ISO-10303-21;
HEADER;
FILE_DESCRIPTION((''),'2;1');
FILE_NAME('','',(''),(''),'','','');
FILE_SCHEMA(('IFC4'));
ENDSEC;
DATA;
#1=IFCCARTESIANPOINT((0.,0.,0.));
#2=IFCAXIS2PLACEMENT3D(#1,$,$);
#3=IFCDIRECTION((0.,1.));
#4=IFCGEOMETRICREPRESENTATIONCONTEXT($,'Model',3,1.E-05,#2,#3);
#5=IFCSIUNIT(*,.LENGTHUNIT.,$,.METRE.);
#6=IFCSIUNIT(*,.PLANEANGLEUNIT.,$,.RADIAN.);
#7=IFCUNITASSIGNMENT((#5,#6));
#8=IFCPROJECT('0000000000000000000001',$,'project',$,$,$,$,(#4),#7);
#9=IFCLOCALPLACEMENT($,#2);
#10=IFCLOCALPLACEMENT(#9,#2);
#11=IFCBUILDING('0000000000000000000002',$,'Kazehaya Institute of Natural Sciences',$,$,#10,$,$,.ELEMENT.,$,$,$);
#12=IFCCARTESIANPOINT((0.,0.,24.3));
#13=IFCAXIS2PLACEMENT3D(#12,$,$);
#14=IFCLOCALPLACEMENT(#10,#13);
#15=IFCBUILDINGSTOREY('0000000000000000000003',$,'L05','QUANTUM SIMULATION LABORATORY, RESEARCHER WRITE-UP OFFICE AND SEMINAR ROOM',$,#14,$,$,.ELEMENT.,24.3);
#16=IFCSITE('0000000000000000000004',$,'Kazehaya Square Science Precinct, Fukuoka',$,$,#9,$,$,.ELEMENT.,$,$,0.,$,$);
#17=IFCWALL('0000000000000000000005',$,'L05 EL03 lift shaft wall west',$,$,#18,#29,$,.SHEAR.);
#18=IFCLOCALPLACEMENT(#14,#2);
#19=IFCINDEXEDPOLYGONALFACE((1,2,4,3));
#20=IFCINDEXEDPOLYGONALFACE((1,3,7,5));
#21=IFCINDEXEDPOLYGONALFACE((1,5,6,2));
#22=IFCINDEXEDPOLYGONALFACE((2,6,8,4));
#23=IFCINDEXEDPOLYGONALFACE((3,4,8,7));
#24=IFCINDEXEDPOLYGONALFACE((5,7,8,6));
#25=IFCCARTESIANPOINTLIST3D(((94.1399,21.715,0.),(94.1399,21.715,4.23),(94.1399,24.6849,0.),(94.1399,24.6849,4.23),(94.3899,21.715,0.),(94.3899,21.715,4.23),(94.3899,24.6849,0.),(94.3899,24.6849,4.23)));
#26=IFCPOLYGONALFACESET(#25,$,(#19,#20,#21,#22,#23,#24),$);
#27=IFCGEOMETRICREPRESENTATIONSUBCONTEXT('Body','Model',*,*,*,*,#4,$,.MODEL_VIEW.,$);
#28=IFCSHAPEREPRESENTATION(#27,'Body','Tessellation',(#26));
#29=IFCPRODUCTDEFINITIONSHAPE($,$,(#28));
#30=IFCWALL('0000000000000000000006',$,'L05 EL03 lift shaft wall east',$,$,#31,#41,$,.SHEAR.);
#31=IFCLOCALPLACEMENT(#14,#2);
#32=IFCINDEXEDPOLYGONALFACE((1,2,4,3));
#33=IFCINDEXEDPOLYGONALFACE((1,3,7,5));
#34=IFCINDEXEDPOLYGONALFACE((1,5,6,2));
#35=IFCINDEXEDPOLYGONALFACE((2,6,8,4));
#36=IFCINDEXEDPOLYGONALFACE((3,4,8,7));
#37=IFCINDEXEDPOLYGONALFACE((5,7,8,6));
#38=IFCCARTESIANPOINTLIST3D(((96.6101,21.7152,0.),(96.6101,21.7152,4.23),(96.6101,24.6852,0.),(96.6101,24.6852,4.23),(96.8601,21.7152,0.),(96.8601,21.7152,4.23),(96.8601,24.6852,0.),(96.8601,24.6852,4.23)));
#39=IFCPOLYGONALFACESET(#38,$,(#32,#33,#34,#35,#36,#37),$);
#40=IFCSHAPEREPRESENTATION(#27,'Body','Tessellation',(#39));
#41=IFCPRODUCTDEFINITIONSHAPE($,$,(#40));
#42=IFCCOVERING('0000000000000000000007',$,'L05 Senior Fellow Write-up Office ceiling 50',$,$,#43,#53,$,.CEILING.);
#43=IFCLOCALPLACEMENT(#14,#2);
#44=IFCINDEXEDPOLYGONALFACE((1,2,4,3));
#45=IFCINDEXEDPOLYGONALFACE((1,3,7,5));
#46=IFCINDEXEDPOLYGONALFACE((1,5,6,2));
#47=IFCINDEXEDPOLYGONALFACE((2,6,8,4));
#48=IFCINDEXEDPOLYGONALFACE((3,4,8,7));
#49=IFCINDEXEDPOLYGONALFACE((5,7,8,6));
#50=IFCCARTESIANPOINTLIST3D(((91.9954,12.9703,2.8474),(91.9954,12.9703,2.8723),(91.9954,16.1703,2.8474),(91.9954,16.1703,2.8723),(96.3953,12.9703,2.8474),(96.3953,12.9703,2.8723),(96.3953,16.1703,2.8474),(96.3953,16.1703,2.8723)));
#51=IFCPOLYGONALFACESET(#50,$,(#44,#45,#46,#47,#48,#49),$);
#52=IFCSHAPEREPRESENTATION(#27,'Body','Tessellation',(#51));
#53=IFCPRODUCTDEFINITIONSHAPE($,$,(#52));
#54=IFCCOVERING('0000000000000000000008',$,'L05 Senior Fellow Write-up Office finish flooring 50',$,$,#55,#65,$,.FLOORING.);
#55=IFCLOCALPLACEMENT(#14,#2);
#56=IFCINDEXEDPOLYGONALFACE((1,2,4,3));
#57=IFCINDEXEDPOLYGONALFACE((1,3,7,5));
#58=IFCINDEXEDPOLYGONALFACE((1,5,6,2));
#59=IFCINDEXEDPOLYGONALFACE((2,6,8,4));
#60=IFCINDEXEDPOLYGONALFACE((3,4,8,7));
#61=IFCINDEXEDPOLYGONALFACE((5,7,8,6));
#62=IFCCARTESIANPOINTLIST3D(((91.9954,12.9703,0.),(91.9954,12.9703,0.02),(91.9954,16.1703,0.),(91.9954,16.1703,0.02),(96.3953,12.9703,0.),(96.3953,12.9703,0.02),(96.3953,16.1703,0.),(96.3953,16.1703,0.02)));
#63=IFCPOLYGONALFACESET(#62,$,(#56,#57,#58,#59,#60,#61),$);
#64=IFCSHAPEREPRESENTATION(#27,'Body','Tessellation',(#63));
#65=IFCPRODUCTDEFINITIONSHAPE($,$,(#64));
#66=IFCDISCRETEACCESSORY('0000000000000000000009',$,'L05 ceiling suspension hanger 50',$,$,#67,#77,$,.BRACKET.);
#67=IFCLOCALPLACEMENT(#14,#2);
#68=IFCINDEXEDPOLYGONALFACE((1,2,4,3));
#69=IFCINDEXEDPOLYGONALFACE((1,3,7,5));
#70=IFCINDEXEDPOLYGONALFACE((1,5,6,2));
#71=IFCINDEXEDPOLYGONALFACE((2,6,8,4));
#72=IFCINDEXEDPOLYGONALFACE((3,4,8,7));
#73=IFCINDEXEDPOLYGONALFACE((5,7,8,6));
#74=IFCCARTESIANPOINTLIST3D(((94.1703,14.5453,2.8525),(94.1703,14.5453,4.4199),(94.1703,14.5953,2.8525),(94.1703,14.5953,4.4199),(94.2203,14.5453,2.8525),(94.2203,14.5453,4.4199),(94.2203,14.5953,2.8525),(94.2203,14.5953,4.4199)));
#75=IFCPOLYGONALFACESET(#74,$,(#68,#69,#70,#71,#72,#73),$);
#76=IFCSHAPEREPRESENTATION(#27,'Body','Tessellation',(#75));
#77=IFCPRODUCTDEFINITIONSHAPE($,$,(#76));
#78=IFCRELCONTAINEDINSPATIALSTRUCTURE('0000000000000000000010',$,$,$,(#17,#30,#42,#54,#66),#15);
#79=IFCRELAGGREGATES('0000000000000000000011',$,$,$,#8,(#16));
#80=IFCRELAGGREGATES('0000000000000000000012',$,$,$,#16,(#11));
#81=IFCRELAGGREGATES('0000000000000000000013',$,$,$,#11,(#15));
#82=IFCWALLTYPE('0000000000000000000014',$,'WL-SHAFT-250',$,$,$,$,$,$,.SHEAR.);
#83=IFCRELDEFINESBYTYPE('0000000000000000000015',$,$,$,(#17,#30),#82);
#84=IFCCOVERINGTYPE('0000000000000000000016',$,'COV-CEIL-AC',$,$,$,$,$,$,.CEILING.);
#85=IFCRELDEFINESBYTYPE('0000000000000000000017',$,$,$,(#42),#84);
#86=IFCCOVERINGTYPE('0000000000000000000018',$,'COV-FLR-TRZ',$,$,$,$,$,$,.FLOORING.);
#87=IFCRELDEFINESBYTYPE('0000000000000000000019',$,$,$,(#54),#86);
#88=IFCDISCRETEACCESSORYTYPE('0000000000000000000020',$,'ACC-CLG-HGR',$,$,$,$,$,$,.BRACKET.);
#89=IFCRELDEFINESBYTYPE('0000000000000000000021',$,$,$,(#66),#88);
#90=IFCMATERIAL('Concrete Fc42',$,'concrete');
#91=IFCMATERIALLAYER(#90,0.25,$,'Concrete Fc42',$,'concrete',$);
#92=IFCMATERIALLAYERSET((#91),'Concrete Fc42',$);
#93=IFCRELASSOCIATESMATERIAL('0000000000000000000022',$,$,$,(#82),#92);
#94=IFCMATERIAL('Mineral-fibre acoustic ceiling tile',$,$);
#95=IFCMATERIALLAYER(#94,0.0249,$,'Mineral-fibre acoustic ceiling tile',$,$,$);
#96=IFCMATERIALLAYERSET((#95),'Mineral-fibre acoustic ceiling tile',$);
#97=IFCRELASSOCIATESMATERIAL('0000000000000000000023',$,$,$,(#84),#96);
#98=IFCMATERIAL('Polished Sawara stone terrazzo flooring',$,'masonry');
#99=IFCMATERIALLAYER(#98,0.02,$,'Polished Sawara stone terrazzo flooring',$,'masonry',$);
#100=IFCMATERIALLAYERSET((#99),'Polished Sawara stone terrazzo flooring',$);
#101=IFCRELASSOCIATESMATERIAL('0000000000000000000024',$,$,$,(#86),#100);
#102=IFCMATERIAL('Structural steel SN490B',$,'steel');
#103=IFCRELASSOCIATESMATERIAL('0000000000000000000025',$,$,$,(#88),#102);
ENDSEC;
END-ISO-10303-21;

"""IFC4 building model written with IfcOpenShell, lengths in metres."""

from ifc_helpers import new_model, si_unit, direction, frame, frame_2d, origin, origin_2d, place, context, subcontext, project, spatial, rectangle, extrude, material, layer, layer_set, type_object, element, save


model = new_model("IFC4")

# Units and contexts
model_context = context("Model", 3, precision=1e-05, world=origin(), true_north=direction((0.0, 1.0)))
body_context = subcontext(model_context, "Body", "Model", "MODEL_VIEW")
ifc_project = project(units=[si_unit("LENGTHUNIT", "METRE"), si_unit("PLANEANGLEUNIT", "RADIAN")], contexts=[model_context])

# Site, building, storey
site_placement = place(None, origin())
site = spatial("IfcSite", under=ifc_project, at=site_placement, Name="Kazehaya Square Science Precinct, Fukuoka", CompositionType="ELEMENT", RefElevation=0.0)
building_placement = place(site_placement, origin())
building = spatial("IfcBuilding", under=site, at=building_placement, Name="Kazehaya Institute of Natural Sciences", CompositionType="ELEMENT")
storey_placement = place(building_placement, frame((0.0, 0.0, 24.3)))
storey = spatial("IfcBuildingStorey", under=building, at=storey_placement, Name="L05", Description="QUANTUM SIMULATION LABORATORY, RESEARCHER WRITE-UP OFFICE AND SEMINAR ROOM", CompositionType="ELEMENT", Elevation=24.3)

# Shared definitions
ifc_material_1 = material(Name="Concrete Fc42", Category="concrete")

# Shared definitions
ifc_layer_1 = layer(ifc_material_1, 0.25, Name="Concrete Fc42", Category="concrete")
ifc_layer_set_1 = layer_set([ifc_layer_1], Name="Concrete Fc42")
wall_type_1 = type_object("IfcWallType", Name="WL-SHAFT-250", PredefinedType="SHEAR", material=ifc_layer_set_1)

# Walls
for number, where, z_axis, x_axis, name in (
    (1, (94.2649, 21.7151, 0.0), (0.0, 0.0, 1.0), (0.0, 1.0, 0.0), "L05 EL03 lift shaft wall west"),
    (2, (96.7351, 24.6851, 0.0), (0.0, 0.0, 1.0), (0.0, -1.0, 0.0), "L05 EL03 lift shaft wall east"),
):
    element("IfcWall", number, at=place(storey_placement, frame(where, z_axis=z_axis, x_axis=x_axis)), inside=storey, type_object=wall_type_1, Name=name, PredefinedType="SHEAR", context=body_context, shape_type="SweptSolid", body=[
        extrude(rectangle(XDim=2.97, YDim=0.25, at=frame_2d((1.4849, 0.0))), origin(), (0.0, 0.0, 1.0), 4.23),
    ])

# Coverings
ifc_material_2 = material(Name="Mineral-fibre acoustic ceiling tile")
ifc_layer_2 = layer(ifc_material_2, 0.0249, Name="Mineral-fibre acoustic ceiling tile")
ifc_layer_set_2 = layer_set([ifc_layer_2], Name="Mineral-fibre acoustic ceiling tile")
covering_type_1 = type_object("IfcCoveringType", Name="COV-CEIL-AC", PredefinedType="CEILING", material=ifc_layer_set_2)
covering_1_placement = place(storey_placement, frame((94.1953, 14.5703, 2.8474), z_axis=(0.0, 0.0, 1.0), x_axis=(1.0, 0.0, 0.0)))
element("IfcCovering", 3, at=covering_1_placement, inside=storey, type_object=covering_type_1, Name="L05 Senior Fellow Write-up Office ceiling 50", PredefinedType="CEILING", context=body_context, shape_type="SweptSolid", body=[
    extrude(rectangle(XDim=4.3999, YDim=3.2, at=origin_2d()), origin(), (0.0, 0.0, 1.0), 0.0249),
])
ifc_material_3 = material(Name="Polished Sawara stone terrazzo flooring", Category="masonry")
ifc_layer_3 = layer(ifc_material_3, 0.02, Name="Polished Sawara stone terrazzo flooring", Category="masonry")
ifc_layer_set_3 = layer_set([ifc_layer_3], Name="Polished Sawara stone terrazzo flooring")
covering_type_2 = type_object("IfcCoveringType", Name="COV-FLR-TRZ", PredefinedType="FLOORING", material=ifc_layer_set_3)
covering_2_placement = place(storey_placement, frame((94.1953, 14.5703, 0.0), z_axis=(0.0, 0.0, 1.0), x_axis=(1.0, 0.0, 0.0)))
element("IfcCovering", 4, at=covering_2_placement, inside=storey, type_object=covering_type_2, Name="L05 Senior Fellow Write-up Office finish flooring 50", PredefinedType="FLOORING", context=body_context, shape_type="SweptSolid", body=[
    extrude(rectangle(XDim=4.3999, YDim=3.2, at=origin_2d()), origin(), (0.0, 0.0, 1.0), 0.02),
])

# Discrete accessory
ifc_material_4 = material(Name="Structural steel SN490B", Category="steel")
discrete_accessory_type = type_object("IfcDiscreteAccessoryType", Name="ACC-CLG-HGR", PredefinedType="BRACKET", material=ifc_material_4)
discrete_accessory_placement = place(storey_placement, frame((94.1953, 14.5703, 2.8525), z_axis=(0.0, 0.0, 1.0), x_axis=(1.0, 0.0, 0.0)))
element("IfcDiscreteAccessory", 5, at=discrete_accessory_placement, inside=storey, type_object=discrete_accessory_type, Name="L05 ceiling suspension hanger 50", PredefinedType="BRACKET", context=body_context, shape_type="SweptSolid", body=[
    extrude(rectangle(XDim=0.05, YDim=0.05, at=origin_2d()), origin(), (0.0, 0.0, 1.0), 1.5674),
])

save(model, "model.ifc")
